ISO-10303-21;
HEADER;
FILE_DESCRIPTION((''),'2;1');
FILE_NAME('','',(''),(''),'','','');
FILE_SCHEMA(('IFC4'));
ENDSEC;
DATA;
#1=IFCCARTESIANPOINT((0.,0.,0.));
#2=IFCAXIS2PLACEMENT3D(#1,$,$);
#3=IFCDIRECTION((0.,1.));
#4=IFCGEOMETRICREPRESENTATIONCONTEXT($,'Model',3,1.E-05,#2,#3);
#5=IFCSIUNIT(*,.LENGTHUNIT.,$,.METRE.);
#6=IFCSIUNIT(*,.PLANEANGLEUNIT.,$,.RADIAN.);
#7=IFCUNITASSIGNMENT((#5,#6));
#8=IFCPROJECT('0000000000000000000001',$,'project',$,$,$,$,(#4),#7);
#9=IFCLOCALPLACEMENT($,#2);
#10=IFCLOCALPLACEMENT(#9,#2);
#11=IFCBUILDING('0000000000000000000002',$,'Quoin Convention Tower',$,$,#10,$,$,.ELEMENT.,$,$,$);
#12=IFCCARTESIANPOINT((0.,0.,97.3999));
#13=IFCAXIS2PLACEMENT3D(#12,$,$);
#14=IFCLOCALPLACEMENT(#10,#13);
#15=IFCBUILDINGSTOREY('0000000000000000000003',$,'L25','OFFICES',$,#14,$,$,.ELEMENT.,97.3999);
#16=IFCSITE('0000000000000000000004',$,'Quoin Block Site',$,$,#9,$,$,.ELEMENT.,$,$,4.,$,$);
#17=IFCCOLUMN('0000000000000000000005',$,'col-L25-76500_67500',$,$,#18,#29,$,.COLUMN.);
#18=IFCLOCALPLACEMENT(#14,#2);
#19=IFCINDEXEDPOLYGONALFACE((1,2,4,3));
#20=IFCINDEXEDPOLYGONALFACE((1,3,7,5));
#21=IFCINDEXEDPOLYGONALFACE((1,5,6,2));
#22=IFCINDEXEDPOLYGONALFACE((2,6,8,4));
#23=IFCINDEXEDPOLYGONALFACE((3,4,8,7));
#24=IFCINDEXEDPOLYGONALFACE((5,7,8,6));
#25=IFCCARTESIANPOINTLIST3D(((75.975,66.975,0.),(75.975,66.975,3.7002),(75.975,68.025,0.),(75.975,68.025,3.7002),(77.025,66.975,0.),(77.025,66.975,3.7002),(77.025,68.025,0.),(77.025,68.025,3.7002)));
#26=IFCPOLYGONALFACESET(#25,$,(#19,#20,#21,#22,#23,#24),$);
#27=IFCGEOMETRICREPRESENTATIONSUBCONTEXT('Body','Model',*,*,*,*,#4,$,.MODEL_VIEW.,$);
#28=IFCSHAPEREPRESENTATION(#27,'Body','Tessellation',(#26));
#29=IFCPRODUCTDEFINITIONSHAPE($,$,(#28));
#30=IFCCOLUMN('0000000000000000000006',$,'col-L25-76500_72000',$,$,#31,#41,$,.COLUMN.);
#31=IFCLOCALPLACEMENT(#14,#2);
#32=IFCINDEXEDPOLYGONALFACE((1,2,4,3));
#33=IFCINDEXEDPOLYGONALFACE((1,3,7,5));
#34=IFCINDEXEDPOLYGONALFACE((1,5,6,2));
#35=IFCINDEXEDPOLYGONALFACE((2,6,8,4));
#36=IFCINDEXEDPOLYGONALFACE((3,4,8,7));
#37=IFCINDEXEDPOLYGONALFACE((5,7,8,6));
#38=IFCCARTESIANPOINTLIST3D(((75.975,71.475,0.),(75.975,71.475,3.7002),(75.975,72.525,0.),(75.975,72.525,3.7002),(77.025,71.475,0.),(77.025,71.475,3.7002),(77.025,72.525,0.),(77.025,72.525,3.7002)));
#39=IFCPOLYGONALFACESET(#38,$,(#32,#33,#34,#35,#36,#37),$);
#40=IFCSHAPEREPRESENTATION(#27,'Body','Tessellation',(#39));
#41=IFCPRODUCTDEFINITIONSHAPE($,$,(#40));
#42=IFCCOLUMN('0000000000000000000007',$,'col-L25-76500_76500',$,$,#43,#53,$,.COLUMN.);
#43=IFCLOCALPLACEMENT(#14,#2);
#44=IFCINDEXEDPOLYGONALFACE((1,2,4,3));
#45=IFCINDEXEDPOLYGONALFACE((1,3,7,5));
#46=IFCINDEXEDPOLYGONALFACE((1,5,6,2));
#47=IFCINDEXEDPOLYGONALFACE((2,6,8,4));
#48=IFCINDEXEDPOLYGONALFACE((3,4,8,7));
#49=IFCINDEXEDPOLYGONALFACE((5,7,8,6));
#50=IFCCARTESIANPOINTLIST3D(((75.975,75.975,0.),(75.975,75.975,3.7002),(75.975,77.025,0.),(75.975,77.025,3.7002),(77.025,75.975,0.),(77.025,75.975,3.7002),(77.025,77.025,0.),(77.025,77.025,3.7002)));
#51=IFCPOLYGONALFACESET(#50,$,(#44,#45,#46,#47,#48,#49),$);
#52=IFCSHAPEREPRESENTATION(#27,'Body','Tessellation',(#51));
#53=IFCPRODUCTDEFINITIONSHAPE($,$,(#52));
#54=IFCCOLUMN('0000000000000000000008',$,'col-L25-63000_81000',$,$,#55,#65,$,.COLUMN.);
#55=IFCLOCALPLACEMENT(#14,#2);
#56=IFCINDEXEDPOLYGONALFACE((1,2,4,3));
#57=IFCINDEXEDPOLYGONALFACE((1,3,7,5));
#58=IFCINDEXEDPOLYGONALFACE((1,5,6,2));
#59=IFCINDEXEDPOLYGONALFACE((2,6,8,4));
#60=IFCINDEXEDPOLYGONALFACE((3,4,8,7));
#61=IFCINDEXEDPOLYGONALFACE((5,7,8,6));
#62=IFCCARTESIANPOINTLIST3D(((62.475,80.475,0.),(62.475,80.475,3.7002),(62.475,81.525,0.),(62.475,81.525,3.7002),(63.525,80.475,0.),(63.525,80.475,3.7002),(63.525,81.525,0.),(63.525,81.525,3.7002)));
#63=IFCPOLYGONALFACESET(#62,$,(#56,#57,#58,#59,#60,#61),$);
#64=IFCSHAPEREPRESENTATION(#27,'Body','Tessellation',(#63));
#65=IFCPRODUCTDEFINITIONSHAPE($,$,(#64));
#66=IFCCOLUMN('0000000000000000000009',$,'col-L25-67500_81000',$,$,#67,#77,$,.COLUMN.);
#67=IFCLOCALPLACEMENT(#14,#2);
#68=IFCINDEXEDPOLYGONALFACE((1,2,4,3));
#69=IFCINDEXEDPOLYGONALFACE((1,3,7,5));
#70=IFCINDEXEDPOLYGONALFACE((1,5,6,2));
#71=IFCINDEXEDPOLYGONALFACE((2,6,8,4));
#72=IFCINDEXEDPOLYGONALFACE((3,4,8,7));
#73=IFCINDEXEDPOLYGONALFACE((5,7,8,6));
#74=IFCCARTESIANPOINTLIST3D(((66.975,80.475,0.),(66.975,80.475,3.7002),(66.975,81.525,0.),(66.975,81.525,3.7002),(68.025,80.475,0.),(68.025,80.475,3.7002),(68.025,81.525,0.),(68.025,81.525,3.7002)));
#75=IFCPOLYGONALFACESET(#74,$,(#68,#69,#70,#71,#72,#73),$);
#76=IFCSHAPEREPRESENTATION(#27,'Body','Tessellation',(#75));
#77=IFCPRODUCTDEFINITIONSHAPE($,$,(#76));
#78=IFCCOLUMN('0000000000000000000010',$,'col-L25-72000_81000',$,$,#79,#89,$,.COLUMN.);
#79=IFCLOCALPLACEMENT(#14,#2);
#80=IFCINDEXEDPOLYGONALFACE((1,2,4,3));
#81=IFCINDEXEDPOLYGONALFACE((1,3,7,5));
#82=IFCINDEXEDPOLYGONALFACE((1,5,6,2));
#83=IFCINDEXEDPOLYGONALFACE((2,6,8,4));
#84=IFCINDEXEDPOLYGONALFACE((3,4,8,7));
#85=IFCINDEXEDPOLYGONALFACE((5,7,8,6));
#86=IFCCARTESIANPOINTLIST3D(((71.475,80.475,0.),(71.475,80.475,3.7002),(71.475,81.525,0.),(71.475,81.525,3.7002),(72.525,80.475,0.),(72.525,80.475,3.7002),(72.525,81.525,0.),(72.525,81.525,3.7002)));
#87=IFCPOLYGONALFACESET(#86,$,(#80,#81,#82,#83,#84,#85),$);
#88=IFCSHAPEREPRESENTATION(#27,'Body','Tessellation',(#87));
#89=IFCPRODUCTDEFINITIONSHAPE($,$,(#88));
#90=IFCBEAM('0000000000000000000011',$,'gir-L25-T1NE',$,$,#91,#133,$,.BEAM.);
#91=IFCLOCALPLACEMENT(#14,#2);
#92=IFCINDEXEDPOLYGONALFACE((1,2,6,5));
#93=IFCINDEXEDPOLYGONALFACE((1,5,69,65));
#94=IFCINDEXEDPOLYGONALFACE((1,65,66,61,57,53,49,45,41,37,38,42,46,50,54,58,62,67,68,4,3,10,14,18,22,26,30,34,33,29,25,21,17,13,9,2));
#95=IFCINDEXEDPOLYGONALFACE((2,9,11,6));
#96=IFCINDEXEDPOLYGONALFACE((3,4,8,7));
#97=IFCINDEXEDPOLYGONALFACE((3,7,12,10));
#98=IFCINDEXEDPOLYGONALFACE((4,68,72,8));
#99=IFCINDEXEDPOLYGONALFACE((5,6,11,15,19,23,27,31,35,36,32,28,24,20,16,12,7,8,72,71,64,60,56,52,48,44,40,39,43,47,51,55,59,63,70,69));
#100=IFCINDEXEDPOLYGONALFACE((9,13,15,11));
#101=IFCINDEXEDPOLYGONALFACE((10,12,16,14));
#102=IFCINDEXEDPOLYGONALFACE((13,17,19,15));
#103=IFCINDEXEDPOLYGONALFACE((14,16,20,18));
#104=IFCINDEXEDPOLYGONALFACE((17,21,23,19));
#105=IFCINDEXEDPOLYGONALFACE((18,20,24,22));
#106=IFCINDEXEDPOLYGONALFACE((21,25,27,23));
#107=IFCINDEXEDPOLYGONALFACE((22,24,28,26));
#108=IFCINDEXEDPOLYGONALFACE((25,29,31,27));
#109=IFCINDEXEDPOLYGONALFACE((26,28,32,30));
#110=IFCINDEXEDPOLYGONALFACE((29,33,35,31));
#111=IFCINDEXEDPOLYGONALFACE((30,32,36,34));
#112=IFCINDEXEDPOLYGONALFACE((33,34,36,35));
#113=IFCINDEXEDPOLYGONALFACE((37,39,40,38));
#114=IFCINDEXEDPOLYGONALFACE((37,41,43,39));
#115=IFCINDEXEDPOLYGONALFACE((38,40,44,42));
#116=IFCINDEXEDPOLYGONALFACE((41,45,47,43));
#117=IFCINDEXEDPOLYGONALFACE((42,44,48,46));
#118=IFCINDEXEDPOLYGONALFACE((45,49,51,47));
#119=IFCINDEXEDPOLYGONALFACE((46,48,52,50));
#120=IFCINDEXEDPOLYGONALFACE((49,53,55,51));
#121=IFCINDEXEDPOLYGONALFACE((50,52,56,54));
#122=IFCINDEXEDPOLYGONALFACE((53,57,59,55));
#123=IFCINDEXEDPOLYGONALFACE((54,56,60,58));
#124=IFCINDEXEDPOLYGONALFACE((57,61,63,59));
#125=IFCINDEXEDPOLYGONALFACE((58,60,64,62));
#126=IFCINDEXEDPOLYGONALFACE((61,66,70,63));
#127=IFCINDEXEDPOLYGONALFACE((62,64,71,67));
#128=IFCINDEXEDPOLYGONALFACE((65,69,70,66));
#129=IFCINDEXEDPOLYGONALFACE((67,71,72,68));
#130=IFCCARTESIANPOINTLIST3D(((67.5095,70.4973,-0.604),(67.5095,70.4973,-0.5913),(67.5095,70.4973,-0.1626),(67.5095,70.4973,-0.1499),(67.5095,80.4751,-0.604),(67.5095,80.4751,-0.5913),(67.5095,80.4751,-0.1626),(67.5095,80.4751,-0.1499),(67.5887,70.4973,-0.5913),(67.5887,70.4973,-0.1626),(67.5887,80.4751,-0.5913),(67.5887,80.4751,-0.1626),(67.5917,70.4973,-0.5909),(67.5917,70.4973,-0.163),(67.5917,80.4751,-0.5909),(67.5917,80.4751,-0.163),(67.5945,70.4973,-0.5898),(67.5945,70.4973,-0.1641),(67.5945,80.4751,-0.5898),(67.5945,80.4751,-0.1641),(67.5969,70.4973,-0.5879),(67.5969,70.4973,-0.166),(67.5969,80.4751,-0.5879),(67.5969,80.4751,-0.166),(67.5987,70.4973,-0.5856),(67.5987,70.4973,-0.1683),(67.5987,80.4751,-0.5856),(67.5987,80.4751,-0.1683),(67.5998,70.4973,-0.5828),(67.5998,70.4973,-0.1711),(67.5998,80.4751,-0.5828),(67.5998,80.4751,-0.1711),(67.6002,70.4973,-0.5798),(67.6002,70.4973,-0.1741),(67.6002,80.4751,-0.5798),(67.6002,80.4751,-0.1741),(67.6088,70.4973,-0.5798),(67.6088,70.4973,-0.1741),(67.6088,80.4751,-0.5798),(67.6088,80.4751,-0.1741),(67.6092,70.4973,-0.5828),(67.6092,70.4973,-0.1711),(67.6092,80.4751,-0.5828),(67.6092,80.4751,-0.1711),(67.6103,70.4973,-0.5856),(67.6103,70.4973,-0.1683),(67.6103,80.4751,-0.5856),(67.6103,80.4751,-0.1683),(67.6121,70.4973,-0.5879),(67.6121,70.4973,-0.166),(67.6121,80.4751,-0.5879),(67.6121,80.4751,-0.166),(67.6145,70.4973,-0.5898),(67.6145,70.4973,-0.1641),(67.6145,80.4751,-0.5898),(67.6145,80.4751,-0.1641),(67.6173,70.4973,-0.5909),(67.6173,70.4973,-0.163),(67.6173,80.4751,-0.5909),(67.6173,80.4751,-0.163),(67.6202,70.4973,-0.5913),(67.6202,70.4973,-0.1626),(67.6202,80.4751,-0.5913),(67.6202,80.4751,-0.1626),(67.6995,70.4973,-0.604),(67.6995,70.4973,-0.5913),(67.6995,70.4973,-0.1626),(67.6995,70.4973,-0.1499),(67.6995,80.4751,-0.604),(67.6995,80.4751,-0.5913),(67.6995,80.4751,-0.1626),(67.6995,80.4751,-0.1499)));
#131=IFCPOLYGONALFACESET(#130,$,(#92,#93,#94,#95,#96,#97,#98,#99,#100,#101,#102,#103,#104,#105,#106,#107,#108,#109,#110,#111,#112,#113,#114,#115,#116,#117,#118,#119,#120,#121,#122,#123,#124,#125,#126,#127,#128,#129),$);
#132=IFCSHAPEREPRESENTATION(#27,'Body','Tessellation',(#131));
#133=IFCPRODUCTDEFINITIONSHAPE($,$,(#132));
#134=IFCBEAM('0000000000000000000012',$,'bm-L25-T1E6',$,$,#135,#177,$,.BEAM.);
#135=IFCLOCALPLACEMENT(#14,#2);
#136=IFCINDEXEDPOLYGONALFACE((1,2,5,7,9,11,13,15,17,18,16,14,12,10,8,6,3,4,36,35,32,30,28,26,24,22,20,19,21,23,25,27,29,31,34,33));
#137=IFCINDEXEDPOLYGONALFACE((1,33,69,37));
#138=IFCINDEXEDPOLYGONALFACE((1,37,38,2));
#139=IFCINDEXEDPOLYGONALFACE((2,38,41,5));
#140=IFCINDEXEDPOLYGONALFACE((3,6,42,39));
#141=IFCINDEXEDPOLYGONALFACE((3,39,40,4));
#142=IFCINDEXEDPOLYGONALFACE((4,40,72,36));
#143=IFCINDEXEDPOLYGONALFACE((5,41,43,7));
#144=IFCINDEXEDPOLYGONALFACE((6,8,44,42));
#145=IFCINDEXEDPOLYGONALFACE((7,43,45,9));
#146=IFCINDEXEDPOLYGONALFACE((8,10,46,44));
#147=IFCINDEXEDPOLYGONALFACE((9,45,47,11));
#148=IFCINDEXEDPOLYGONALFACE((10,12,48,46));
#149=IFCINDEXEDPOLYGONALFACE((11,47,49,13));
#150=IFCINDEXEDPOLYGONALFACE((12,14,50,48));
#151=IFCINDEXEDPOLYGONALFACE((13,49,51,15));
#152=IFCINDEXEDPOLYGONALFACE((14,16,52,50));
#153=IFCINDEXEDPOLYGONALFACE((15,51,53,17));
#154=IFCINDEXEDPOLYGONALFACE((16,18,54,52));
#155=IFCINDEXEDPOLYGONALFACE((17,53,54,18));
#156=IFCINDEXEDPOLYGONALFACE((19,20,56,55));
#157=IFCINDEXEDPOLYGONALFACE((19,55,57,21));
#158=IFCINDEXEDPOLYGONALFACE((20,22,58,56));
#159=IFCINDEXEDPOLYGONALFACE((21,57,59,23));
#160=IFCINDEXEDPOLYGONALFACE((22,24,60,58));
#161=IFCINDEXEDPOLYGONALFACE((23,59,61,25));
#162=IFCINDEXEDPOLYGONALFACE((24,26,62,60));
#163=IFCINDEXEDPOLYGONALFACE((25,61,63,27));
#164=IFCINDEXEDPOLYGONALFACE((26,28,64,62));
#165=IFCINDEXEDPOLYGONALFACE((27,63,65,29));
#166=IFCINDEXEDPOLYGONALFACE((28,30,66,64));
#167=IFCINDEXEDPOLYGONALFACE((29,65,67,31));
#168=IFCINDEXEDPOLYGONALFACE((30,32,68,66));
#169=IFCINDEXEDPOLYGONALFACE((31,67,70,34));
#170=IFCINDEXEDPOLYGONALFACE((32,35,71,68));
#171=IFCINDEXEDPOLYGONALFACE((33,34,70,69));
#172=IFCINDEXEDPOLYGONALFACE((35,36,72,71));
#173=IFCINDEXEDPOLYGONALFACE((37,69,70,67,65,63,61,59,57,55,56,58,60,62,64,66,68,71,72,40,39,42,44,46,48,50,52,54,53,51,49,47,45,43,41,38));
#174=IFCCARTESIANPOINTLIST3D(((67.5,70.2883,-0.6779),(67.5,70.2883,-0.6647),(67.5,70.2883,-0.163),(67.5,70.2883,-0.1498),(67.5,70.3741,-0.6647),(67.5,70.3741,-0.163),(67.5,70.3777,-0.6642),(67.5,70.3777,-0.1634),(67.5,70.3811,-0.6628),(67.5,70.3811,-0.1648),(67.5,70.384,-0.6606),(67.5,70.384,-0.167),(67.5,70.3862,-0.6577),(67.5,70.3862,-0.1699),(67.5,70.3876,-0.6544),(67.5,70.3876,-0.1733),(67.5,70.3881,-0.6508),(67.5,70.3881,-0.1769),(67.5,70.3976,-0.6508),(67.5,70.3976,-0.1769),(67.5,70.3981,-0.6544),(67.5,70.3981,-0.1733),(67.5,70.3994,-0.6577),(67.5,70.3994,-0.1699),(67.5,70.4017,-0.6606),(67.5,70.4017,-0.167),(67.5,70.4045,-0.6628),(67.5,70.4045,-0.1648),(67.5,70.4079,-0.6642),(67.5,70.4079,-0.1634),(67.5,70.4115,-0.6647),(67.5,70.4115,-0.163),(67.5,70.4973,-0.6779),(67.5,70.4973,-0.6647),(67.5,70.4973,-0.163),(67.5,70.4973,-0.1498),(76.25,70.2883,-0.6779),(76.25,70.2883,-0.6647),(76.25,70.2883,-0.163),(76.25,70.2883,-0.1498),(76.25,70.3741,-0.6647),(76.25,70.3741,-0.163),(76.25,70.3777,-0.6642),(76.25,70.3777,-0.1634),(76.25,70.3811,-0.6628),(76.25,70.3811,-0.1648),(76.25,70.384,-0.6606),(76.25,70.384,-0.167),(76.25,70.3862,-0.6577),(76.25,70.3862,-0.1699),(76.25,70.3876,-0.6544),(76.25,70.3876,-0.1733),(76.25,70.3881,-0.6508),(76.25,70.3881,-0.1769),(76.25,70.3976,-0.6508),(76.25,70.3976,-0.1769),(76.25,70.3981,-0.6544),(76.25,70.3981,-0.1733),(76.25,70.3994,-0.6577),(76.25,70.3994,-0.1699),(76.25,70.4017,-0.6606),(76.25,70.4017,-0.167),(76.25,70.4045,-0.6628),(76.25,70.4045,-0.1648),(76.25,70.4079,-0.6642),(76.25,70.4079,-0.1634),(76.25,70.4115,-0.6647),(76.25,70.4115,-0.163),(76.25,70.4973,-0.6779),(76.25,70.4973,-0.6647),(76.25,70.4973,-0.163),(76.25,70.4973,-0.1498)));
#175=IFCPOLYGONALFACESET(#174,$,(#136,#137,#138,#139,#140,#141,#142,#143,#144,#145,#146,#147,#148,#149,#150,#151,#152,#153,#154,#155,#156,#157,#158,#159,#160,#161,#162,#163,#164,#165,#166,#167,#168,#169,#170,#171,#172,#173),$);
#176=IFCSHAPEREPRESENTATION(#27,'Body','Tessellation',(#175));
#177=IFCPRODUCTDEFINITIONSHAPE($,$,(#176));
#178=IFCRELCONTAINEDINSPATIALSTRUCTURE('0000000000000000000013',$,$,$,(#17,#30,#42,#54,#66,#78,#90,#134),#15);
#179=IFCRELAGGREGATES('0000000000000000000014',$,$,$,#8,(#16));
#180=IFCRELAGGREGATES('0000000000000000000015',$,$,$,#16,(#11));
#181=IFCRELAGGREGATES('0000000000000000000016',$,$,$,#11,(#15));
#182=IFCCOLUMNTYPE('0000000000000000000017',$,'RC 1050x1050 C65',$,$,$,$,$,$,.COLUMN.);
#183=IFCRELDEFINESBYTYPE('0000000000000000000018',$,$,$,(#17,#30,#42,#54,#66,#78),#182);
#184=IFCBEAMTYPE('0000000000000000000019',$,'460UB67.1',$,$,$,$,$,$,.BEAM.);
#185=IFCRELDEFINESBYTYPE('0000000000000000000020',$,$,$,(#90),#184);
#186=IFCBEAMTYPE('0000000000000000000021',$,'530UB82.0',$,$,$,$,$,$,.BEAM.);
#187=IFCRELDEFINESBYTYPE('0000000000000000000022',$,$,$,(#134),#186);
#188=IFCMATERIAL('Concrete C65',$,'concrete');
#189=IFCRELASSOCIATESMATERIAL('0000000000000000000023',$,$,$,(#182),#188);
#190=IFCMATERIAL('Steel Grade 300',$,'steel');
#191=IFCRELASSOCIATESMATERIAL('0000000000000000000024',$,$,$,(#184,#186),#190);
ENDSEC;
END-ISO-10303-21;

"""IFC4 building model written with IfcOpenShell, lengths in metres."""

from ifc_helpers import new_model, si_unit, direction, frame, origin, origin_2d, place, context, subcontext, project, spatial, rectangle, i_section, extrude, material, material_profile, profile_set, type_object, element, save


model = new_model("IFC4")

# Units and contexts
model_context = context("Model", 3, precision=1e-05, world=origin(), true_north=direction((0.0, 1.0)))
body_context = subcontext(model_context, "Body", "Model", "MODEL_VIEW")
ifc_project = project(units=[si_unit("LENGTHUNIT", "METRE"), si_unit("PLANEANGLEUNIT", "RADIAN")], contexts=[model_context])

# Site, building, storey
site_placement = place(None, origin())
site = spatial("IfcSite", under=ifc_project, at=site_placement, Name="Quoin Block Site", CompositionType="ELEMENT", RefElevation=4.0)
building_placement = place(site_placement, origin())
building = spatial("IfcBuilding", under=site, at=building_placement, Name="Quoin Convention Tower", CompositionType="ELEMENT")
storey_placement = place(building_placement, frame((0.0, 0.0, 97.3999)))
storey = spatial("IfcBuildingStorey", under=building, at=storey_placement, Name="L25", Description="OFFICES", CompositionType="ELEMENT", Elevation=97.3999)

# Columns
ifc_material_1 = material(Name="Concrete C65", Category="concrete")
ifc_material_profile_1 = material_profile(ifc_material_1, rectangle(XDim=1.05, YDim=1.05, at=origin_2d()), Name="RC 1050x1050")
ifc_profile_set_1 = profile_set([ifc_material_profile_1], Name="Concrete C65")
column_type = type_object("IfcColumnType", Name="RC 1050x1050 C65", PredefinedType="COLUMN", material=ifc_profile_set_1)
for number, where, z_axis, x_axis, name in (
    (1, (76.5, 67.5, 0.0), (0.0, 0.0, 1.0), (1.0, 0.0, 0.0), "col-L25-76500_67500"),
    (2, (76.5, 72.0, 0.0), (0.0, 0.0, 1.0), (1.0, 0.0, 0.0), "col-L25-76500_72000"),
    (3, (76.5, 76.5, 0.0), (0.0, 0.0, 1.0), (1.0, 0.0, 0.0), "col-L25-76500_76500"),
    (4, (63.0, 81.0, 0.0), (0.0, 0.0, 1.0), (1.0, 0.0, 0.0), "col-L25-63000_81000"),
    (5, (67.5, 81.0, 0.0), (0.0, 0.0, 1.0), (1.0, 0.0, 0.0), "col-L25-67500_81000"),
    (6, (72.0, 81.0, 0.0), (0.0, 0.0, 1.0), (1.0, 0.0, 0.0), "col-L25-72000_81000"),
):
    element("IfcColumn", number, at=place(storey_placement, frame(where, z_axis=z_axis, x_axis=x_axis)), inside=storey, type_object=column_type, Name=name, PredefinedType="COLUMN", context=body_context, shape_type="SweptSolid", body=[
        extrude(rectangle(XDim=1.05, YDim=1.05, at=origin_2d()), origin(), (0.0, 0.0, 1.0), 3.7002),
    ])

# Beams
ifc_material_2 = material(Name="Steel Grade 300", Category="steel")
ifc_material_profile_2 = material_profile(ifc_material_2, i_section(OverallWidth=0.1899, OverallDepth=0.4541, WebThickness=0.0085, FlangeThickness=0.0127, FilletRadius=0.0115, at=origin_2d()), Name="460UB67.1")
ifc_profile_set_2 = profile_set([ifc_material_profile_2], Name="Steel Grade 300")
beam_type_1 = type_object("IfcBeamType", Name="460UB67.1", PredefinedType="BEAM", material=ifc_profile_set_2)
beam_1_placement = place(storey_placement, frame((67.6045, 80.4751, -0.377), z_axis=(0.0, -1.0, 0.0), x_axis=(1.0, 0.0, 0.0)))
element("IfcBeam", 7, at=beam_1_placement, inside=storey, type_object=beam_type_1, Name="gir-L25-T1NE", PredefinedType="BEAM", context=body_context, shape_type="SweptSolid", body=[
    extrude(i_section(OverallWidth=0.1899, OverallDepth=0.4541, WebThickness=0.0085, FlangeThickness=0.0127, FilletRadius=0.0115, at=origin_2d()), origin(), (0.0, 0.0, 1.0), 9.9778),
])
ifc_material_profile_3 = material_profile(ifc_material_2, i_section(OverallWidth=0.209, OverallDepth=0.5281, WebThickness=0.0095, FlangeThickness=0.0132, FilletRadius=0.0139, at=origin_2d()), Name="530UB82.0")
ifc_profile_set_3 = profile_set([ifc_material_profile_3], Name="Steel Grade 300")
beam_type_2 = type_object("IfcBeamType", Name="530UB82.0", PredefinedType="BEAM", material=ifc_profile_set_3)
for number, where, z_axis, x_axis, name in (
    (8, (67.5, 70.3928, -0.4138), (1.0, 0.0, 0.0), (0.0, 1.0, 0.0), "bm-L25-T1E6"),
):
    element("IfcBeam", number, at=place(storey_placement, frame(where, z_axis=z_axis, x_axis=x_axis)), inside=storey, type_object=beam_type_2, Name=name, PredefinedType="BEAM", context=body_context, shape_type="SweptSolid", body=[
        extrude(i_section(OverallWidth=0.209, OverallDepth=0.5281, WebThickness=0.0095, FlangeThickness=0.0132, FilletRadius=0.0139, at=origin_2d()), origin(), (0.0, 0.0, 1.0), 8.75),
    ])

save(model, "model.ifc")
